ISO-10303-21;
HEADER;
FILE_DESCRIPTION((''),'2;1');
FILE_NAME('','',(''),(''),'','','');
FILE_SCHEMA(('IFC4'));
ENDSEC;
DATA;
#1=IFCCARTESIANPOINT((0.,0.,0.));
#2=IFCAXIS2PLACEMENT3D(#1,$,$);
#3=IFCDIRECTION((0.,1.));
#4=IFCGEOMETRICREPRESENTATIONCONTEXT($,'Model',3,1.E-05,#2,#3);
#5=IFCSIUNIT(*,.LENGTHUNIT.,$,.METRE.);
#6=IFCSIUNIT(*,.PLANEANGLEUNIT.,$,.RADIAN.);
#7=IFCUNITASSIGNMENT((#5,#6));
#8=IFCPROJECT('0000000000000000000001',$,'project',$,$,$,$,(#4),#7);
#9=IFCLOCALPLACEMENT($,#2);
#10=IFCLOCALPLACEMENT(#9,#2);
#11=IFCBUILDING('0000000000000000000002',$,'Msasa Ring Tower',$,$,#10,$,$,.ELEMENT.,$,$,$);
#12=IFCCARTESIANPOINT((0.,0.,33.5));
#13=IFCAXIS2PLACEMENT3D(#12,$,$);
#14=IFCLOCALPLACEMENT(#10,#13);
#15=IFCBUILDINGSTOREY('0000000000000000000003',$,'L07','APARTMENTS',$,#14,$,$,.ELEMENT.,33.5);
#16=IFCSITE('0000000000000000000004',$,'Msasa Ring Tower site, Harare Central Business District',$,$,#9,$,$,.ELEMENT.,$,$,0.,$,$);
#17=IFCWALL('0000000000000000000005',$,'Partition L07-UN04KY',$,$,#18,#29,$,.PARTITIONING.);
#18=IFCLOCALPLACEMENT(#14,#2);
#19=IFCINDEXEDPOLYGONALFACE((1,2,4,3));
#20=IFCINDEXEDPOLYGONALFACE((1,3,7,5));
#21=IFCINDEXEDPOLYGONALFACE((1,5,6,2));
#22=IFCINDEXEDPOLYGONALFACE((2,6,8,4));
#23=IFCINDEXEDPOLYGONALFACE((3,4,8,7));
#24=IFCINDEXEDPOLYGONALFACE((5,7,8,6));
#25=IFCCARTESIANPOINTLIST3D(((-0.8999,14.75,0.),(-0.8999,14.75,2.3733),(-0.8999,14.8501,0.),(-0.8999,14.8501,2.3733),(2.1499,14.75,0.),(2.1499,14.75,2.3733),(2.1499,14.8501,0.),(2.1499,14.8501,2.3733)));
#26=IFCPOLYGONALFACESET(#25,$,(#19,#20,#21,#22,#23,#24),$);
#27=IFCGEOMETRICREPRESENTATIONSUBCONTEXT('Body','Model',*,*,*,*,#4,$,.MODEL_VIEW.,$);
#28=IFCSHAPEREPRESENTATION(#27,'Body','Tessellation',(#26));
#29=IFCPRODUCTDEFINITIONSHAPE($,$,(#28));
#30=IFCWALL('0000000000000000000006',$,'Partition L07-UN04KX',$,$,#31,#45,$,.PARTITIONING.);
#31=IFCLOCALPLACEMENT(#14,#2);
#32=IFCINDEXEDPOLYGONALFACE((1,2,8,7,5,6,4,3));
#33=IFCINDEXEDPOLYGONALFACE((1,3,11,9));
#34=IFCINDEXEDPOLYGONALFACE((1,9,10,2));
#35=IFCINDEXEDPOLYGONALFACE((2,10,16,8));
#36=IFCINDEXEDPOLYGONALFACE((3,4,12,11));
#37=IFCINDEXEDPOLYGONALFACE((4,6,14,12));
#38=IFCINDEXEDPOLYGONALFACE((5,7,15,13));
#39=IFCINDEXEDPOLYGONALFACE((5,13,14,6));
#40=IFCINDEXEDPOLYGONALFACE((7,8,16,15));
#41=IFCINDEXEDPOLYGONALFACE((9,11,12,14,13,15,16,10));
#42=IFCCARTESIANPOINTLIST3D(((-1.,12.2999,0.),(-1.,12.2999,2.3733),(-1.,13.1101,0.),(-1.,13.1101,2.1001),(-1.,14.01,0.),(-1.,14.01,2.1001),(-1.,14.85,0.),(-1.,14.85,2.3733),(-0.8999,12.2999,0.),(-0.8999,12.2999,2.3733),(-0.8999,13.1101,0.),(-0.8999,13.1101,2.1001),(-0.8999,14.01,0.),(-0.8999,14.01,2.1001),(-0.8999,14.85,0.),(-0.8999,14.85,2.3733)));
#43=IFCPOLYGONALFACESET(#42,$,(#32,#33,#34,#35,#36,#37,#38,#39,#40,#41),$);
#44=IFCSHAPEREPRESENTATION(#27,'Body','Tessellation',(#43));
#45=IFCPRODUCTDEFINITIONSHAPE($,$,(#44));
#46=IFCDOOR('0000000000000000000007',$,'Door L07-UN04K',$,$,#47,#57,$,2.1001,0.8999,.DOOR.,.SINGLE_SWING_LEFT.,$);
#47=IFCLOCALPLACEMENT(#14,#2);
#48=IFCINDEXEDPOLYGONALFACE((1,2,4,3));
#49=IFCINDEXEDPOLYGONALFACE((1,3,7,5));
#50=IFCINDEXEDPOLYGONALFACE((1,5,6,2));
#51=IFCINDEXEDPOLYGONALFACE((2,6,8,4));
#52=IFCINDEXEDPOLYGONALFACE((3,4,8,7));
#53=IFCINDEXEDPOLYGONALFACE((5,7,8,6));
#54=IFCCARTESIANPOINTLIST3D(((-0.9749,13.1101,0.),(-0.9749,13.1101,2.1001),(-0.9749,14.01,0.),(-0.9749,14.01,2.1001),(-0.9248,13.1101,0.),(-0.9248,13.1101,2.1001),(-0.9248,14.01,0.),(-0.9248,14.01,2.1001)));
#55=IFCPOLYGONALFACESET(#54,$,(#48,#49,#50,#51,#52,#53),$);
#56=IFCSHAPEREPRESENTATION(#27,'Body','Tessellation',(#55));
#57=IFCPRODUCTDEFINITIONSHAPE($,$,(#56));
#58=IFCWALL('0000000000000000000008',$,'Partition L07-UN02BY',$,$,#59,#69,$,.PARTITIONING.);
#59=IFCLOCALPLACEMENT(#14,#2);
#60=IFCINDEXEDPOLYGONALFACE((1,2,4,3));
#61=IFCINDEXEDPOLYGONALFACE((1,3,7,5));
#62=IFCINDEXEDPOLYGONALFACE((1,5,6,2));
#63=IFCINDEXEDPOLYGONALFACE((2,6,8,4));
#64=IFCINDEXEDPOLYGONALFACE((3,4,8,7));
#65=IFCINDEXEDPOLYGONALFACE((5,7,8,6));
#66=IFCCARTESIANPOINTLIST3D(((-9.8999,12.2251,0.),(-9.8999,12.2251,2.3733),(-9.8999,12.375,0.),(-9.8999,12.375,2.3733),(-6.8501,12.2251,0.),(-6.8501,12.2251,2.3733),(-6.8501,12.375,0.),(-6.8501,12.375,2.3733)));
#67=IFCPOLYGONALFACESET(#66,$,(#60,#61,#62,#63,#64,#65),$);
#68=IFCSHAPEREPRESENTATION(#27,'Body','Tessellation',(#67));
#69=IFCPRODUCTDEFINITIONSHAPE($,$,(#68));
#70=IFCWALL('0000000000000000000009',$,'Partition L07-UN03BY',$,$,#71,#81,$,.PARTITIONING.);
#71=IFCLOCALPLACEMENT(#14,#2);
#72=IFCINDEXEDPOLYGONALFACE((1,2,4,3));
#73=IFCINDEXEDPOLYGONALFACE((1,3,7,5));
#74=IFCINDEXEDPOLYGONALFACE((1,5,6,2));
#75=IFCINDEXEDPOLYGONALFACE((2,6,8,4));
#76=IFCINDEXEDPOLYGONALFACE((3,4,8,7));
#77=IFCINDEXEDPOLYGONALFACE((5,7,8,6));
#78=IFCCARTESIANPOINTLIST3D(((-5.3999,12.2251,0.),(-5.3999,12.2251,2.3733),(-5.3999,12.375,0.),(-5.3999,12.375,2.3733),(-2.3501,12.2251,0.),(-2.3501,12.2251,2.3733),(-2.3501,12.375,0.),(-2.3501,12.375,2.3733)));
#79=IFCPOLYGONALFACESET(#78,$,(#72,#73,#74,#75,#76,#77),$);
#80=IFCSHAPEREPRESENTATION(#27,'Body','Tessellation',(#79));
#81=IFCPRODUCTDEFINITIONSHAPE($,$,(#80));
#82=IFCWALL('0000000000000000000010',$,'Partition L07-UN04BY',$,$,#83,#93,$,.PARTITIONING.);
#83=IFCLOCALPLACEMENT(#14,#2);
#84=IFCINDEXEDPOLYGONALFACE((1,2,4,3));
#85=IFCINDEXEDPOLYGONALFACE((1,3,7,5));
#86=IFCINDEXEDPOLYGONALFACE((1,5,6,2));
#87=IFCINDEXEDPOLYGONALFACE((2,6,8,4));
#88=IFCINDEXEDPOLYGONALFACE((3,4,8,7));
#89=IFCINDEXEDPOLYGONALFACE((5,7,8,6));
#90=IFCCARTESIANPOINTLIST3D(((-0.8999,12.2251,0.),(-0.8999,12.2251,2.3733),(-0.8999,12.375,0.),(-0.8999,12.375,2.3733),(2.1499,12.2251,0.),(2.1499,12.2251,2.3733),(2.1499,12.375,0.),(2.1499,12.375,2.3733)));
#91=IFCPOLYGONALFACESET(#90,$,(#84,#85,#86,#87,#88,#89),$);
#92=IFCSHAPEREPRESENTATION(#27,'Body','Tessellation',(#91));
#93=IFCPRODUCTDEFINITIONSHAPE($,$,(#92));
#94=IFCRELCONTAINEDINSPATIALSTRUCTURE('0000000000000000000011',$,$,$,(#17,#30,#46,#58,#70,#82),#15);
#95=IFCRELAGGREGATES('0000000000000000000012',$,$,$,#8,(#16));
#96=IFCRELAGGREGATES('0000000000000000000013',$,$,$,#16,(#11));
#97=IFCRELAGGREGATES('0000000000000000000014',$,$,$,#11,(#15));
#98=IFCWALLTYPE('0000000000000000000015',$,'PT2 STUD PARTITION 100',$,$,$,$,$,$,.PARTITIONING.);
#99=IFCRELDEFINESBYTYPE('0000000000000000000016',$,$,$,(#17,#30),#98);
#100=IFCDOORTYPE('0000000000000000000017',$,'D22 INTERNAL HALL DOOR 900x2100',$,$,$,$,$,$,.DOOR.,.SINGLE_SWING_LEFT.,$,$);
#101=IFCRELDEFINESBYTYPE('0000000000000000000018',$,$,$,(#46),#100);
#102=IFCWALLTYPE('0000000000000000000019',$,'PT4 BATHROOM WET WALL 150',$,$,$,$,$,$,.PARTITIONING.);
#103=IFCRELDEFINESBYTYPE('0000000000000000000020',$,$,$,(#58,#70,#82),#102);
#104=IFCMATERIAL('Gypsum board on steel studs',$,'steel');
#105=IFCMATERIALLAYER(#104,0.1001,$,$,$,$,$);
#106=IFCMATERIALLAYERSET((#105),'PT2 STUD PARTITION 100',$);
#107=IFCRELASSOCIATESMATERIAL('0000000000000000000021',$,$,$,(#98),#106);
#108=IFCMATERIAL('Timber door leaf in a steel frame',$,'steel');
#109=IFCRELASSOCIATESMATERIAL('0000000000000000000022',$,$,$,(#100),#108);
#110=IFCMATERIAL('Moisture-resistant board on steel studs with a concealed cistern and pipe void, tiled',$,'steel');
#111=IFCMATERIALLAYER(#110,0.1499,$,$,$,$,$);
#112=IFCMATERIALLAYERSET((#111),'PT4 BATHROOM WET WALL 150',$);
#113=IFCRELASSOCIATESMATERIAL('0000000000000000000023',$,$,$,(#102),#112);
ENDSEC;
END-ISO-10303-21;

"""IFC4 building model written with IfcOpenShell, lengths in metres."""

from ifc_helpers import new_model, si_unit, direction, frame, frame_2d, origin, place, context, subcontext, project, spatial, rectangle, extrude, material, layer, layer_set, type_object, element, fill, save


model = new_model("IFC4")

# Units and contexts
model_context = context("Model", 3, precision=1e-05, world=origin(), true_north=direction((0.0, 1.0)))
body_context = subcontext(model_context, "Body", "Model", "MODEL_VIEW")
ifc_project = project(units=[si_unit("LENGTHUNIT", "METRE"), si_unit("PLANEANGLEUNIT", "RADIAN")], contexts=[model_context])

# Site, building, storey
site_placement = place(None, origin())
site = spatial("IfcSite", under=ifc_project, at=site_placement, Name="Msasa Ring Tower site, Harare Central Business District", CompositionType="ELEMENT", RefElevation=0.0)
building_placement = place(site_placement, origin())
building = spatial("IfcBuilding", under=site, at=building_placement, Name="Msasa Ring Tower", CompositionType="ELEMENT")
storey_placement = place(building_placement, frame((0.0, 0.0, 33.5)))
storey = spatial("IfcBuildingStorey", under=building, at=storey_placement, Name="L07", Description="APARTMENTS", CompositionType="ELEMENT", Elevation=33.5)

# Shared definitions
ifc_material_1 = material(Name="Gypsum board on steel studs", Category="steel")
ifc_layer_1 = layer(ifc_material_1, 0.1001)
ifc_layer_set_1 = layer_set([ifc_layer_1], Name="PT2 STUD PARTITION 100")
wall_type_1 = type_object("IfcWallType", Name="PT2 STUD PARTITION 100", PredefinedType="PARTITIONING", material=ifc_layer_set_1)

# Shared definitions
ifc_material_2 = material(Name="Timber door leaf in a steel frame", Category="steel")
door_type = type_object("IfcDoorType", Name="D22 INTERNAL HALL DOOR 900x2100", OperationType="SINGLE_SWING_LEFT", PredefinedType="DOOR", material=ifc_material_2)

# Wall
wall_1_placement = place(storey_placement, frame((-0.8999, 14.8, 0.0), z_axis=(0.0, 0.0, 1.0), x_axis=(1.0, 0.0, 0.0)))
element("IfcWall", 1, at=wall_1_placement, inside=storey, type_object=wall_type_1, Name="Partition L07-UN04KY", PredefinedType="PARTITIONING", context=body_context, shape_type="SweptSolid", body=[
    extrude(rectangle(XDim=3.0498, YDim=0.1001, at=frame_2d((1.5249, 0.0))), origin(), (0.0, 0.0, 1.0), 2.3733),
])

# Wall, opening, door
wall_2_placement = place(storey_placement, frame((-0.95, 12.3, 0.0), z_axis=(0.0, 0.0, 1.0), x_axis=(0.0, 1.0, 0.0)))
wall_2 = element("IfcWall", 2, at=wall_2_placement, inside=storey, type_object=wall_type_1, Name="Partition L07-UN04KX", PredefinedType="PARTITIONING", context=body_context, shape_type="SweptSolid", body=[
    extrude(rectangle(XDim=2.55, YDim=0.1001, at=frame_2d((1.2749, 0.0))), origin(), (0.0, 0.0, 1.0), 2.3733),
])
opening_1_placement = place(wall_2_placement, frame((0.8101, 0.0, 0.0)))
opening_1 = element("IfcOpeningElement", 3, at=opening_1_placement, cuts=wall_2, PredefinedType="OPENING", context=body_context, shape_type="SweptSolid", body=[
    extrude(rectangle(XDim=0.8999, YDim=2.1001, at=frame_2d((0.45, 1.05))), frame((0.0, 0.0601, 0.0), z_axis=(0.0, -1.0, 0.0), x_axis=(1.0, 0.0, 0.0)), (0.0, 0.0, 1.0), 0.1201),
])
door_1_placement = place(opening_1_placement, origin())
door_1 = element("IfcDoor", 4, at=door_1_placement, inside=storey, type_object=door_type, Name="Door L07-UN04K", OperationType="SINGLE_SWING_LEFT", OverallHeight=2.1001, OverallWidth=0.8999, PredefinedType="DOOR", context=body_context, shape_type="SweptSolid", body=[
    extrude(rectangle(XDim=0.8999, YDim=2.1001, at=frame_2d((0.45, 1.05))), frame((0.0, 0.0249, 0.0), z_axis=(0.0, -1.0, 0.0), x_axis=(1.0, 0.0, 0.0)), (0.0, 0.0, 1.0), 0.05),
])
fill(opening_1, door_1)

# Walls
ifc_material_3 = material(Name="Moisture-resistant board on steel studs with a concealed cistern and pipe void, tiled", Category="steel")
ifc_layer_2 = layer(ifc_material_3, 0.1499)
ifc_layer_set_2 = layer_set([ifc_layer_2], Name="PT4 BATHROOM WET WALL 150")
wall_type_2 = type_object("IfcWallType", Name="PT4 BATHROOM WET WALL 150", PredefinedType="PARTITIONING", material=ifc_layer_set_2)
for number, where, z_axis, x_axis, name in (
    (5, (-9.8999, 12.3, 0.0), (0.0, 0.0, 1.0), (1.0, 0.0, 0.0), "Partition L07-UN02BY"),
    (6, (-5.3999, 12.3, 0.0), (0.0, 0.0, 1.0), (1.0, 0.0, 0.0), "Partition L07-UN03BY"),
    (7, (-0.8999, 12.3, 0.0), (0.0, 0.0, 1.0), (1.0, 0.0, 0.0), "Partition L07-UN04BY"),
):
    element("IfcWall", number, at=place(storey_placement, frame(where, z_axis=z_axis, x_axis=x_axis)), inside=storey, type_object=wall_type_2, Name=name, PredefinedType="PARTITIONING", context=body_context, shape_type="SweptSolid", body=[
        extrude(rectangle(XDim=3.0498, YDim=0.1499, at=frame_2d((1.5249, 0.0))), origin(), (0.0, 0.0, 1.0), 2.3733),
    ])

save(model, "model.ifc")
